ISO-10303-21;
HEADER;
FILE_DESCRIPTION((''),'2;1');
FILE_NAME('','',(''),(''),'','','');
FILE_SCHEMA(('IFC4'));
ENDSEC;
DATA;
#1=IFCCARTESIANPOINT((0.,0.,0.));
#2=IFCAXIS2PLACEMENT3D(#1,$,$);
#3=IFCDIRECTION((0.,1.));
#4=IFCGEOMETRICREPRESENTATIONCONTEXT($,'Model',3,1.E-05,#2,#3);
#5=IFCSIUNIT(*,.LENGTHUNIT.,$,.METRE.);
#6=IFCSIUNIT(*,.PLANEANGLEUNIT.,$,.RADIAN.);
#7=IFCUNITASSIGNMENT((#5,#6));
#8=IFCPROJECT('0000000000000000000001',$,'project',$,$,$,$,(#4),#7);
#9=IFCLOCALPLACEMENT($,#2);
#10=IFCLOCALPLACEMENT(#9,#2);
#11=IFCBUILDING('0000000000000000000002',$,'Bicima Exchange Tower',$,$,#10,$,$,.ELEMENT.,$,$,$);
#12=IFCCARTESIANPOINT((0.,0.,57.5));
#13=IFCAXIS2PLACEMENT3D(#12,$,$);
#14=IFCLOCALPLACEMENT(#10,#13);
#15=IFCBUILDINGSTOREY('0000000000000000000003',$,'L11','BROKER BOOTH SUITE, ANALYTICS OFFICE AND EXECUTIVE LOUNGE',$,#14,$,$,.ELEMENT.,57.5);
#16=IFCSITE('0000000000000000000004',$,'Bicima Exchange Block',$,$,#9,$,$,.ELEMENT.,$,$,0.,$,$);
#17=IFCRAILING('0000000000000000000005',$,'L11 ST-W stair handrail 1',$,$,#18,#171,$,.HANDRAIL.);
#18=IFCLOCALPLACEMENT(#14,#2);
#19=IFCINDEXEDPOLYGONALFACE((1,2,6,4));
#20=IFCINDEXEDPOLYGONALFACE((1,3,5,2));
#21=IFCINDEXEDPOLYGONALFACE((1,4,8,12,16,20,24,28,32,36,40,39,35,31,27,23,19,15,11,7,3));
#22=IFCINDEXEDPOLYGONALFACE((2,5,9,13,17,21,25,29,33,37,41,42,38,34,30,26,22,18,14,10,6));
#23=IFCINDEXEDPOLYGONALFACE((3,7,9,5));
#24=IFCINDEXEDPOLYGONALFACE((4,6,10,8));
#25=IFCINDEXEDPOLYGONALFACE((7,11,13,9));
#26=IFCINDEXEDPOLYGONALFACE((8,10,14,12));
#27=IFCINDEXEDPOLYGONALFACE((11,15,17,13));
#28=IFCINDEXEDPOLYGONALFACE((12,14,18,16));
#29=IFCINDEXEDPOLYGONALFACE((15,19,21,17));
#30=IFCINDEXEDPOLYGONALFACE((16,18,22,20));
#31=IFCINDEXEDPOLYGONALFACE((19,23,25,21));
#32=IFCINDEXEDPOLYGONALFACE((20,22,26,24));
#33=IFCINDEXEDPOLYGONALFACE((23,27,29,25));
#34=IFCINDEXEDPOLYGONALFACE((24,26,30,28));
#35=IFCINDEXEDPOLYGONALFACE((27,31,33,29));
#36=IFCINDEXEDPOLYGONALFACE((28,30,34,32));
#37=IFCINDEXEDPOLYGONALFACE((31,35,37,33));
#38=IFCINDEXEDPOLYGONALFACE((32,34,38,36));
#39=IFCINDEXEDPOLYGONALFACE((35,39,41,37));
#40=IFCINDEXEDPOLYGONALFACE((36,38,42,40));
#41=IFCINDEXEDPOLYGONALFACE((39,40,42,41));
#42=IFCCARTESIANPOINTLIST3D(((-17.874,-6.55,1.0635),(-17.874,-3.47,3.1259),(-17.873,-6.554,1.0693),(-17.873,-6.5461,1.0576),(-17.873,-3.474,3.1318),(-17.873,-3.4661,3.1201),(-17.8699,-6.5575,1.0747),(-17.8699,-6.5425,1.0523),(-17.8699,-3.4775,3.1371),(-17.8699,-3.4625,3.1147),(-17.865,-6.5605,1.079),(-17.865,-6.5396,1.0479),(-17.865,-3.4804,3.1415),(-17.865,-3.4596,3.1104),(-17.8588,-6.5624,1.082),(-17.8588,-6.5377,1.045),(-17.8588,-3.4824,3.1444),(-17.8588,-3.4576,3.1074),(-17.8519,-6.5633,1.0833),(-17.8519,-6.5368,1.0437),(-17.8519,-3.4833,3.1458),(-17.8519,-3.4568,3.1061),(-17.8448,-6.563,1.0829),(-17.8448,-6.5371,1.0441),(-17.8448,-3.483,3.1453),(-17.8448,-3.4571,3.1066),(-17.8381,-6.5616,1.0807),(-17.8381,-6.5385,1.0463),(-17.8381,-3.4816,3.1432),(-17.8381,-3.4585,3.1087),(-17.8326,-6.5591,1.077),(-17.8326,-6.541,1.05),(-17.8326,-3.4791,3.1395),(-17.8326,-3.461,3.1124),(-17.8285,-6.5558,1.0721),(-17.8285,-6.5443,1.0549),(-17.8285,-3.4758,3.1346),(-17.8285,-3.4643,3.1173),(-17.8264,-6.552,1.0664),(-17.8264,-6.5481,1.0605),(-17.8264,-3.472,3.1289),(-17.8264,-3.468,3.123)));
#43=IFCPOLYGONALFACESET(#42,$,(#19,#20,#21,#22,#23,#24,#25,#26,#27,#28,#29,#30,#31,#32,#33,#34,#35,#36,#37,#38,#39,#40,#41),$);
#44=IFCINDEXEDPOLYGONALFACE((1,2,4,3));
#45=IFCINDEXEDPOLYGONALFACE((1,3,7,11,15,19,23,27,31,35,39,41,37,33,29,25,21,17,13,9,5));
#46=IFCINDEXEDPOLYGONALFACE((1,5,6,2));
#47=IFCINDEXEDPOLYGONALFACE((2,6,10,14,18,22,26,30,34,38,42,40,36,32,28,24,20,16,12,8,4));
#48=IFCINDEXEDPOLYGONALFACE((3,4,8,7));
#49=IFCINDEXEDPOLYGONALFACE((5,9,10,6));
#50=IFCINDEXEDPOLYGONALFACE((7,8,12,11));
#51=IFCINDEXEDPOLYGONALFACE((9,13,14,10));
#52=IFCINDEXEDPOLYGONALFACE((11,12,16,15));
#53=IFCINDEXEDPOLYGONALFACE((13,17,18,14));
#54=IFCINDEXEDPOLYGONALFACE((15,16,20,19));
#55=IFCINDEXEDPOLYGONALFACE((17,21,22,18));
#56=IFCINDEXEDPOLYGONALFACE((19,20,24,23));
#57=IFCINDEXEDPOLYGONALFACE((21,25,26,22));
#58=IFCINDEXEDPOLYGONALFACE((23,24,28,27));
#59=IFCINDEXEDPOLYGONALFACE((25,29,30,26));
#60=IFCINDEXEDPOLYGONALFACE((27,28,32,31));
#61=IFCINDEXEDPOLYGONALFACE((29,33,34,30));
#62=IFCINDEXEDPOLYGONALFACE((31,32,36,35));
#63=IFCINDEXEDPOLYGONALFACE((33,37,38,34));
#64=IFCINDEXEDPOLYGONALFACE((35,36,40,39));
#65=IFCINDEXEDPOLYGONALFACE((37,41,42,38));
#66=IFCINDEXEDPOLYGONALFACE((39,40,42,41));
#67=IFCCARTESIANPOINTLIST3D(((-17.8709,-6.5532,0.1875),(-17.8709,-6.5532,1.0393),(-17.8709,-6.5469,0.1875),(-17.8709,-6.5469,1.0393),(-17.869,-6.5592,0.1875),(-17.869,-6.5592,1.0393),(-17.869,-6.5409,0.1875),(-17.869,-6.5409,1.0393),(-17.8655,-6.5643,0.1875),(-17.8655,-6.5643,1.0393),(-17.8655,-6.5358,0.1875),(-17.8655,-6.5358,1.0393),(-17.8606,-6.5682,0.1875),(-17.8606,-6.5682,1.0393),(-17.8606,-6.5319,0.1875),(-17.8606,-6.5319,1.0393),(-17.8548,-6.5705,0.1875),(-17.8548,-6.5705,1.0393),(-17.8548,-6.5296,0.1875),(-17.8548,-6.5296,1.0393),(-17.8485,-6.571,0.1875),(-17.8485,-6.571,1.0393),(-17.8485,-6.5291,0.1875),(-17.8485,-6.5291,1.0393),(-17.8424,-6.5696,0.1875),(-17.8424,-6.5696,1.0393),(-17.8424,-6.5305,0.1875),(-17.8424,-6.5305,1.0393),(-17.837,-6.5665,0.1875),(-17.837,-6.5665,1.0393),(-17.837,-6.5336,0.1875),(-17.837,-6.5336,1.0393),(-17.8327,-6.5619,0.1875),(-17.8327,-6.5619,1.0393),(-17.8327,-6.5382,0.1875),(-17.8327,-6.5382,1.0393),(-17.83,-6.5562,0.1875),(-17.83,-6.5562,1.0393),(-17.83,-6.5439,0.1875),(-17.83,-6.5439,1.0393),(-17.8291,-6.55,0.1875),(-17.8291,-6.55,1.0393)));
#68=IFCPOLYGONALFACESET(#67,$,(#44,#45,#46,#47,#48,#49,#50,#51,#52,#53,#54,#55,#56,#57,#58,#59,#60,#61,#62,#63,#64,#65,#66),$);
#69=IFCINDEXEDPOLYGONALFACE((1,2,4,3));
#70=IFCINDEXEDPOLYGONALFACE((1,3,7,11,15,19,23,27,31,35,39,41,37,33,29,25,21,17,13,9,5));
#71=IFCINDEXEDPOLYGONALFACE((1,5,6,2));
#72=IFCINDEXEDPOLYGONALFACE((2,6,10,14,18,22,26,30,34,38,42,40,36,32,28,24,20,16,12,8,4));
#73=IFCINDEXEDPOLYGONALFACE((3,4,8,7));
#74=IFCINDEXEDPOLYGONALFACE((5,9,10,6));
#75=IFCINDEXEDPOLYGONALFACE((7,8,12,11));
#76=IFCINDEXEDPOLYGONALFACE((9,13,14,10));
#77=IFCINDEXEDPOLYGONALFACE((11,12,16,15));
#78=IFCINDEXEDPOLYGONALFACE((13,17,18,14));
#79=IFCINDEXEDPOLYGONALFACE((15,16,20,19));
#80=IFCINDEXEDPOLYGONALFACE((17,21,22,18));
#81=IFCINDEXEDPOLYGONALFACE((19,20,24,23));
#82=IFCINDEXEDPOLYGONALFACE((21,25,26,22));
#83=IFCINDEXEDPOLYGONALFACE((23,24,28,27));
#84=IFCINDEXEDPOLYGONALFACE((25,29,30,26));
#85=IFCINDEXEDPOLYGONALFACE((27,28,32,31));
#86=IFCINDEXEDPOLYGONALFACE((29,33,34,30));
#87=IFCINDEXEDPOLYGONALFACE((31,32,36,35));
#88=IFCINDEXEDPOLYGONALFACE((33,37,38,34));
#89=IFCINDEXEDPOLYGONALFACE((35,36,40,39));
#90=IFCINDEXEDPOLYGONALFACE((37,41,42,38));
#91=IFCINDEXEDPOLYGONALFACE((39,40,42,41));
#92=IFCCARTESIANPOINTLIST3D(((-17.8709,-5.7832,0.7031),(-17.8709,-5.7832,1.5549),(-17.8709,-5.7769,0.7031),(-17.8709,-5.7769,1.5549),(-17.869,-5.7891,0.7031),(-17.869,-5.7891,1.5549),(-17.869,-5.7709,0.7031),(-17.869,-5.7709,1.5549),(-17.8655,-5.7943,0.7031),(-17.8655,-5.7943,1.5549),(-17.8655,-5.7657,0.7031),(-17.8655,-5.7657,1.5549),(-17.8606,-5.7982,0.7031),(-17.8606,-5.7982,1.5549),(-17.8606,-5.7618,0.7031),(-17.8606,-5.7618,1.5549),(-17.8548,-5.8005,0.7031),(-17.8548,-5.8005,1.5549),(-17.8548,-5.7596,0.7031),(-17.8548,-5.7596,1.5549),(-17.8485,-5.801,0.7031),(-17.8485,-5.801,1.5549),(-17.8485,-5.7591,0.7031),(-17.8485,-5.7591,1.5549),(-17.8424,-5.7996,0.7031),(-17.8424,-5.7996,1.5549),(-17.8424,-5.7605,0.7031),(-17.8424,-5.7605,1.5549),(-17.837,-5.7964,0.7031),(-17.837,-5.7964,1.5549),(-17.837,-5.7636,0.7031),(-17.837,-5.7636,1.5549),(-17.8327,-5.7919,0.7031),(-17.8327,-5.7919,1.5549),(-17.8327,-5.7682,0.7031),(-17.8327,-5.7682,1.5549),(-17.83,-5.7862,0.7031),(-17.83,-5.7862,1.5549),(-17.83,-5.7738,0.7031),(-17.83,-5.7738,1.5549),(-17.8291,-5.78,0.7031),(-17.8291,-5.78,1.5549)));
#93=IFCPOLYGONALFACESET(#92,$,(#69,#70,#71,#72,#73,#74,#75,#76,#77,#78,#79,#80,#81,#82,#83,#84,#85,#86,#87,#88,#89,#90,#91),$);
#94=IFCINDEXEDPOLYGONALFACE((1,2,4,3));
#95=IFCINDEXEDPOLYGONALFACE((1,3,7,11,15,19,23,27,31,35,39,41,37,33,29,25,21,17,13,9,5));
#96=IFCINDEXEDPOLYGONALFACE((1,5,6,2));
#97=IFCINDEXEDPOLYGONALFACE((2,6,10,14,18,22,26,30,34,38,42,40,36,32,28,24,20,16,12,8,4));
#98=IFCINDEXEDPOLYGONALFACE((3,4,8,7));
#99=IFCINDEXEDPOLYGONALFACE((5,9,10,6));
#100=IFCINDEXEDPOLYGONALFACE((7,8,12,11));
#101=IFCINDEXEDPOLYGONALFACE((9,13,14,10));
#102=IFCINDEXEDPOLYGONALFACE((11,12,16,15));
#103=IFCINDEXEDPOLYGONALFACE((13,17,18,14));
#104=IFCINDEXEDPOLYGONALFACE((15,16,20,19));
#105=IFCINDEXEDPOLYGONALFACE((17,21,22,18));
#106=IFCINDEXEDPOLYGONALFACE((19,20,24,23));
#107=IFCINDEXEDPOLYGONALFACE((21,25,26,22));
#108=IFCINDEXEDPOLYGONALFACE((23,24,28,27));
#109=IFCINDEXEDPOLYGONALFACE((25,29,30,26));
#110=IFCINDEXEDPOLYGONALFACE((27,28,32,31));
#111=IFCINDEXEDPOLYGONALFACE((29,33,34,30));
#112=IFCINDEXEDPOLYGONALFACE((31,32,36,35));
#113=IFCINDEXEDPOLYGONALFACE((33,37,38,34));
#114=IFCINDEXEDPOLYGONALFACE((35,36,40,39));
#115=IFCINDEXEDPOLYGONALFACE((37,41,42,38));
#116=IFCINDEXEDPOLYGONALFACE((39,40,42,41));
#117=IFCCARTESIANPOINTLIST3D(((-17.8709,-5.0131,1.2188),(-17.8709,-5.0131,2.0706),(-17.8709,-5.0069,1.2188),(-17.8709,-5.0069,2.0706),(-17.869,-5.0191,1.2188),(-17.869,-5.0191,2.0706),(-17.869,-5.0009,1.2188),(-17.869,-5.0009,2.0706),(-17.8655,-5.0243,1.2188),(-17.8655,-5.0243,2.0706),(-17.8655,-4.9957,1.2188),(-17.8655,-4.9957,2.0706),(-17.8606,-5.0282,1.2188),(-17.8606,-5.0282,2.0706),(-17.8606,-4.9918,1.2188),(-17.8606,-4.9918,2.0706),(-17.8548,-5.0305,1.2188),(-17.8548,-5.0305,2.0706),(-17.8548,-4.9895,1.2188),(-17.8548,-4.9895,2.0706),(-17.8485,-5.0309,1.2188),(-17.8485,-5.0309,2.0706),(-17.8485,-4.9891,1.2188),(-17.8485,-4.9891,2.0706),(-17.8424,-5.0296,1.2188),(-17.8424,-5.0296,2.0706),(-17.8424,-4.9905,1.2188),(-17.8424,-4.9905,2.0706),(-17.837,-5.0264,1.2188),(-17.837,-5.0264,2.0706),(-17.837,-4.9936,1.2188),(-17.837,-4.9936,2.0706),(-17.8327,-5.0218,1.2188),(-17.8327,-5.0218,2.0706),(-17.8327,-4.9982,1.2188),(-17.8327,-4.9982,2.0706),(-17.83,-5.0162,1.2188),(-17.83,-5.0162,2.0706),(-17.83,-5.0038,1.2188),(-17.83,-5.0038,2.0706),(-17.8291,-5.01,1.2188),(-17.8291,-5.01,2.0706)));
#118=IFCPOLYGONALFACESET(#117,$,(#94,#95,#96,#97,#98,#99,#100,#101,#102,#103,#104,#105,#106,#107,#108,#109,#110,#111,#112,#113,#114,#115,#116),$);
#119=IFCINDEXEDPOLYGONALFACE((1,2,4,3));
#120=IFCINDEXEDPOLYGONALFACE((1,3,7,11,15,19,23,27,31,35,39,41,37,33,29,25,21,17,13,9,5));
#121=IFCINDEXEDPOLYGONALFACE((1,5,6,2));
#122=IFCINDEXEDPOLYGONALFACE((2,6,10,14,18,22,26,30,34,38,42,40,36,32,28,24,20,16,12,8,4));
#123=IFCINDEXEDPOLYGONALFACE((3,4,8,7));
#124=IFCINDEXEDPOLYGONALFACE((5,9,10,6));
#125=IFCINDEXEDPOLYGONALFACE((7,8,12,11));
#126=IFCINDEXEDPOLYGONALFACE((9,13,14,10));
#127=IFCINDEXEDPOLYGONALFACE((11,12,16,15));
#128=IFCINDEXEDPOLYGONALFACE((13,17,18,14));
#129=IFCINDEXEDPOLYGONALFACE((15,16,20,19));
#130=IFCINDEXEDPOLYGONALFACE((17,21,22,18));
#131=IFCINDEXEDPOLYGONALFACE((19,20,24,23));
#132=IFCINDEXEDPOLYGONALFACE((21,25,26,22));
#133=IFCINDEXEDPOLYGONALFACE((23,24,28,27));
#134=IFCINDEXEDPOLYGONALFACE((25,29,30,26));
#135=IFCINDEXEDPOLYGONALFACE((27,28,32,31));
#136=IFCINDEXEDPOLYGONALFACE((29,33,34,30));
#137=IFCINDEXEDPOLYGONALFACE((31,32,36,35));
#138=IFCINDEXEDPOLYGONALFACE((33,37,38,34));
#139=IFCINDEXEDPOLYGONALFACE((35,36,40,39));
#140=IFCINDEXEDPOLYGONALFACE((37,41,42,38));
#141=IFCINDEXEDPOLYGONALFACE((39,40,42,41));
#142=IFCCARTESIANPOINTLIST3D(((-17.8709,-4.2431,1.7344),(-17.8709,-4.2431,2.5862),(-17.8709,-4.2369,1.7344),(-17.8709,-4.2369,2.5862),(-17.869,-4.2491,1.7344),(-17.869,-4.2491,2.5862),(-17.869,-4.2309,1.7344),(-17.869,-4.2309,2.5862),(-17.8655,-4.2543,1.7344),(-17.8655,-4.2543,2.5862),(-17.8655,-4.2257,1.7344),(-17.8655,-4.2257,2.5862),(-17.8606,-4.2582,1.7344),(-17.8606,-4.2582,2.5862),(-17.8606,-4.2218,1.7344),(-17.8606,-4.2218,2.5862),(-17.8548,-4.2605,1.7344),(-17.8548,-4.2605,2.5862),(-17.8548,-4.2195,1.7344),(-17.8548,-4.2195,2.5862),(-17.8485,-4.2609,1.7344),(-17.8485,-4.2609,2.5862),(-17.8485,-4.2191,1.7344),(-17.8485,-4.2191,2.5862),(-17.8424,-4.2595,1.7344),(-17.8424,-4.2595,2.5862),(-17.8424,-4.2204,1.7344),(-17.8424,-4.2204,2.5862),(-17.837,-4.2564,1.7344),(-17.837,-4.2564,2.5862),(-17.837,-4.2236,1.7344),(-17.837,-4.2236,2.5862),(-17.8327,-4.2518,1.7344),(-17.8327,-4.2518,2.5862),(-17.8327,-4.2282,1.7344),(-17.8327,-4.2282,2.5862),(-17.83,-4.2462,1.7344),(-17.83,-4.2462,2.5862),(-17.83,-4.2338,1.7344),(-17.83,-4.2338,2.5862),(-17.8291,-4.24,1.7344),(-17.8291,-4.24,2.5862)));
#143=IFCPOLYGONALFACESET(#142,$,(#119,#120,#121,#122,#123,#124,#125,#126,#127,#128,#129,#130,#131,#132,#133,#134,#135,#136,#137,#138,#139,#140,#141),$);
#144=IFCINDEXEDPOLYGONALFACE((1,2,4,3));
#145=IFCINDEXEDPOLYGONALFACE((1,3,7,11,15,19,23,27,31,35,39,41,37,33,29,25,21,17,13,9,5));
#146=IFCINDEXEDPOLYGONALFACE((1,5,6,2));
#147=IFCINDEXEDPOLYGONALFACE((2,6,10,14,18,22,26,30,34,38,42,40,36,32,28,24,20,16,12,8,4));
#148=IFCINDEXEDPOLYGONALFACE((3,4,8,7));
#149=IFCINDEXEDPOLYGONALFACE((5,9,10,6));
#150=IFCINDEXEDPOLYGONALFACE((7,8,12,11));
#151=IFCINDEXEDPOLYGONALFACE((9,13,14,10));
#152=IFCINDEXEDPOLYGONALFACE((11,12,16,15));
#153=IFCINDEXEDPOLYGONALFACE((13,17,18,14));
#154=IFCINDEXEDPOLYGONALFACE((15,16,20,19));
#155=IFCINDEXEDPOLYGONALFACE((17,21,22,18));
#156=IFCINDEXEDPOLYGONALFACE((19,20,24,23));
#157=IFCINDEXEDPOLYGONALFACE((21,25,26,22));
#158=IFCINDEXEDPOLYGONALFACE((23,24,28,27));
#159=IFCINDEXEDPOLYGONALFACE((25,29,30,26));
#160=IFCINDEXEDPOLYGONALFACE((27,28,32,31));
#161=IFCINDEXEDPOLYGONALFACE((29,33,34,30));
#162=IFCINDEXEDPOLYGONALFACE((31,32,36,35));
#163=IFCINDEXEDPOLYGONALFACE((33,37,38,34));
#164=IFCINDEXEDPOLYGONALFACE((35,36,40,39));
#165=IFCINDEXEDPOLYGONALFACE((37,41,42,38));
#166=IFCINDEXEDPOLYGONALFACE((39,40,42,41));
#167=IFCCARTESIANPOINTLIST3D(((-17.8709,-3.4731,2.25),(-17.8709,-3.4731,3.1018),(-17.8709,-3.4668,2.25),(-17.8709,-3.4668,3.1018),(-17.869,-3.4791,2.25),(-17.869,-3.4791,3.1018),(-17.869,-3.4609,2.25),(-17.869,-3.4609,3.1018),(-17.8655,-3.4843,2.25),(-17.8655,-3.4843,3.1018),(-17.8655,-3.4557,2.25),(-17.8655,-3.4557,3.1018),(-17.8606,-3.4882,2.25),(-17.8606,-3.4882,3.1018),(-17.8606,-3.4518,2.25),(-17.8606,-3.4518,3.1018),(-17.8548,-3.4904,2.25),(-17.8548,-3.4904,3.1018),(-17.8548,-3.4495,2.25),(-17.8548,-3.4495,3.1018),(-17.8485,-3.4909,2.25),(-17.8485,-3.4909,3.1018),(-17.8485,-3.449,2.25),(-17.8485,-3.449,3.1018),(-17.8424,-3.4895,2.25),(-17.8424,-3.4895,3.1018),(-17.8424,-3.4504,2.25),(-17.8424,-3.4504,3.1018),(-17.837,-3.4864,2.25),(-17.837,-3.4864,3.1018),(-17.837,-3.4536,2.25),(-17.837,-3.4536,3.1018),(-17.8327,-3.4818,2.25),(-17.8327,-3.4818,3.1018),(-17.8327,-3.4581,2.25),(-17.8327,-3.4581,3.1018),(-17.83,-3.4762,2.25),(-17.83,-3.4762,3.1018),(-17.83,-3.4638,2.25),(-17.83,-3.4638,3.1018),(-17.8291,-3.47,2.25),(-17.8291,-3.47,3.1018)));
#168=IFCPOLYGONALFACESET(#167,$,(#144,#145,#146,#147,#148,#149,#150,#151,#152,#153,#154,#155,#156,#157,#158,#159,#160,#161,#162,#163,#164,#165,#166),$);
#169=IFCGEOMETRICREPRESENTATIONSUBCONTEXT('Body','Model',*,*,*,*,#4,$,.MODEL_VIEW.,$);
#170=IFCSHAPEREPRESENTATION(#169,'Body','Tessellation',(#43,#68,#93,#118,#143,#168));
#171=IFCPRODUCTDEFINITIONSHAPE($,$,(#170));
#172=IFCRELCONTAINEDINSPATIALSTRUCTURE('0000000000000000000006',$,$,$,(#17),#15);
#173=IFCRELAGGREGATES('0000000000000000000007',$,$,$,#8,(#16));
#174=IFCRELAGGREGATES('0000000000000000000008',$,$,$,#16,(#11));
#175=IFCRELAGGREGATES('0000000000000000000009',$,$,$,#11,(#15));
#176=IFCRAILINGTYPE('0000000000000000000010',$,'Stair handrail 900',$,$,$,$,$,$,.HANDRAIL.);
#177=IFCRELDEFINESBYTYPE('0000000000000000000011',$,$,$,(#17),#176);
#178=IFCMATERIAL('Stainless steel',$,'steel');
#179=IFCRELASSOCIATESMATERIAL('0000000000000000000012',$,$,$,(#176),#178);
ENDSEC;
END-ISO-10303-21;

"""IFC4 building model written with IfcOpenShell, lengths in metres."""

from ifc_helpers import new_model, si_unit, direction, frame, origin, origin_2d, place, context, subcontext, project, spatial, circle, extrude, material, type_object, element, save


model = new_model("IFC4")

# Units and contexts
model_context = context("Model", 3, precision=1e-05, world=origin(), true_north=direction((0.0, 1.0)))
body_context = subcontext(model_context, "Body", "Model", "MODEL_VIEW")
ifc_project = project(units=[si_unit("LENGTHUNIT", "METRE"), si_unit("PLANEANGLEUNIT", "RADIAN")], contexts=[model_context])

# Site, building, storey
site_placement = place(None, origin())
site = spatial("IfcSite", under=ifc_project, at=site_placement, Name="Bicima Exchange Block", CompositionType="ELEMENT", RefElevation=0.0)
building_placement = place(site_placement, origin())
building = spatial("IfcBuilding", under=site, at=building_placement, Name="Bicima Exchange Tower", CompositionType="ELEMENT")
storey_placement = place(building_placement, frame((0.0, 0.0, 57.5)))
storey = spatial("IfcBuildingStorey", under=building, at=storey_placement, Name="L11", Description="BROKER BOOTH SUITE, ANALYTICS OFFICE AND EXECUTIVE LOUNGE", CompositionType="ELEMENT", Elevation=57.5)

# Shared definitions
ifc_material_1 = material(Name="Stainless steel", Category="steel")

# Railing
railing_type_1 = type_object("IfcRailingType", Name="Stair handrail 900", PredefinedType="HANDRAIL", material=ifc_material_1)
railing_1_placement = place(storey_placement, frame((-17.8501, -6.55, 0.1875)))
element("IfcRailing", 1, at=railing_1_placement, inside=storey, type_object=railing_type_1, Name="L11 ST-W stair handrail 1", PredefinedType="HANDRAIL", context=body_context, shape_type="SweptSolid", body=[
    extrude(circle(Radius=0.0239, at=origin_2d()), frame((0.0, 0.0, 0.876), z_axis=(0.0, 0.830914, 0.556401), x_axis=(-1.0, 0.0, 0.0)), (0.0, 0.0, 1.0), 3.7068),
    extrude(circle(Radius=0.021, at=origin_2d()), origin(), (0.0, 0.0, 1.0), 0.8518),
    extrude(circle(Radius=0.021, at=origin_2d()), frame((0.0, 0.77, 0.5156)), (0.0, 0.0, 1.0), 0.8518),
    extrude(circle(Radius=0.021, at=origin_2d()), frame((0.0, 1.54, 1.0312)), (0.0, 0.0, 1.0), 0.8518),
    extrude(circle(Radius=0.021, at=origin_2d()), frame((0.0, 2.3101, 1.5469)), (0.0, 0.0, 1.0), 0.8518),
    extrude(circle(Radius=0.021, at=origin_2d()), frame((0.0, 3.0801, 2.0625)), (0.0, 0.0, 1.0), 0.8518),
])

save(model, "model.ifc")
